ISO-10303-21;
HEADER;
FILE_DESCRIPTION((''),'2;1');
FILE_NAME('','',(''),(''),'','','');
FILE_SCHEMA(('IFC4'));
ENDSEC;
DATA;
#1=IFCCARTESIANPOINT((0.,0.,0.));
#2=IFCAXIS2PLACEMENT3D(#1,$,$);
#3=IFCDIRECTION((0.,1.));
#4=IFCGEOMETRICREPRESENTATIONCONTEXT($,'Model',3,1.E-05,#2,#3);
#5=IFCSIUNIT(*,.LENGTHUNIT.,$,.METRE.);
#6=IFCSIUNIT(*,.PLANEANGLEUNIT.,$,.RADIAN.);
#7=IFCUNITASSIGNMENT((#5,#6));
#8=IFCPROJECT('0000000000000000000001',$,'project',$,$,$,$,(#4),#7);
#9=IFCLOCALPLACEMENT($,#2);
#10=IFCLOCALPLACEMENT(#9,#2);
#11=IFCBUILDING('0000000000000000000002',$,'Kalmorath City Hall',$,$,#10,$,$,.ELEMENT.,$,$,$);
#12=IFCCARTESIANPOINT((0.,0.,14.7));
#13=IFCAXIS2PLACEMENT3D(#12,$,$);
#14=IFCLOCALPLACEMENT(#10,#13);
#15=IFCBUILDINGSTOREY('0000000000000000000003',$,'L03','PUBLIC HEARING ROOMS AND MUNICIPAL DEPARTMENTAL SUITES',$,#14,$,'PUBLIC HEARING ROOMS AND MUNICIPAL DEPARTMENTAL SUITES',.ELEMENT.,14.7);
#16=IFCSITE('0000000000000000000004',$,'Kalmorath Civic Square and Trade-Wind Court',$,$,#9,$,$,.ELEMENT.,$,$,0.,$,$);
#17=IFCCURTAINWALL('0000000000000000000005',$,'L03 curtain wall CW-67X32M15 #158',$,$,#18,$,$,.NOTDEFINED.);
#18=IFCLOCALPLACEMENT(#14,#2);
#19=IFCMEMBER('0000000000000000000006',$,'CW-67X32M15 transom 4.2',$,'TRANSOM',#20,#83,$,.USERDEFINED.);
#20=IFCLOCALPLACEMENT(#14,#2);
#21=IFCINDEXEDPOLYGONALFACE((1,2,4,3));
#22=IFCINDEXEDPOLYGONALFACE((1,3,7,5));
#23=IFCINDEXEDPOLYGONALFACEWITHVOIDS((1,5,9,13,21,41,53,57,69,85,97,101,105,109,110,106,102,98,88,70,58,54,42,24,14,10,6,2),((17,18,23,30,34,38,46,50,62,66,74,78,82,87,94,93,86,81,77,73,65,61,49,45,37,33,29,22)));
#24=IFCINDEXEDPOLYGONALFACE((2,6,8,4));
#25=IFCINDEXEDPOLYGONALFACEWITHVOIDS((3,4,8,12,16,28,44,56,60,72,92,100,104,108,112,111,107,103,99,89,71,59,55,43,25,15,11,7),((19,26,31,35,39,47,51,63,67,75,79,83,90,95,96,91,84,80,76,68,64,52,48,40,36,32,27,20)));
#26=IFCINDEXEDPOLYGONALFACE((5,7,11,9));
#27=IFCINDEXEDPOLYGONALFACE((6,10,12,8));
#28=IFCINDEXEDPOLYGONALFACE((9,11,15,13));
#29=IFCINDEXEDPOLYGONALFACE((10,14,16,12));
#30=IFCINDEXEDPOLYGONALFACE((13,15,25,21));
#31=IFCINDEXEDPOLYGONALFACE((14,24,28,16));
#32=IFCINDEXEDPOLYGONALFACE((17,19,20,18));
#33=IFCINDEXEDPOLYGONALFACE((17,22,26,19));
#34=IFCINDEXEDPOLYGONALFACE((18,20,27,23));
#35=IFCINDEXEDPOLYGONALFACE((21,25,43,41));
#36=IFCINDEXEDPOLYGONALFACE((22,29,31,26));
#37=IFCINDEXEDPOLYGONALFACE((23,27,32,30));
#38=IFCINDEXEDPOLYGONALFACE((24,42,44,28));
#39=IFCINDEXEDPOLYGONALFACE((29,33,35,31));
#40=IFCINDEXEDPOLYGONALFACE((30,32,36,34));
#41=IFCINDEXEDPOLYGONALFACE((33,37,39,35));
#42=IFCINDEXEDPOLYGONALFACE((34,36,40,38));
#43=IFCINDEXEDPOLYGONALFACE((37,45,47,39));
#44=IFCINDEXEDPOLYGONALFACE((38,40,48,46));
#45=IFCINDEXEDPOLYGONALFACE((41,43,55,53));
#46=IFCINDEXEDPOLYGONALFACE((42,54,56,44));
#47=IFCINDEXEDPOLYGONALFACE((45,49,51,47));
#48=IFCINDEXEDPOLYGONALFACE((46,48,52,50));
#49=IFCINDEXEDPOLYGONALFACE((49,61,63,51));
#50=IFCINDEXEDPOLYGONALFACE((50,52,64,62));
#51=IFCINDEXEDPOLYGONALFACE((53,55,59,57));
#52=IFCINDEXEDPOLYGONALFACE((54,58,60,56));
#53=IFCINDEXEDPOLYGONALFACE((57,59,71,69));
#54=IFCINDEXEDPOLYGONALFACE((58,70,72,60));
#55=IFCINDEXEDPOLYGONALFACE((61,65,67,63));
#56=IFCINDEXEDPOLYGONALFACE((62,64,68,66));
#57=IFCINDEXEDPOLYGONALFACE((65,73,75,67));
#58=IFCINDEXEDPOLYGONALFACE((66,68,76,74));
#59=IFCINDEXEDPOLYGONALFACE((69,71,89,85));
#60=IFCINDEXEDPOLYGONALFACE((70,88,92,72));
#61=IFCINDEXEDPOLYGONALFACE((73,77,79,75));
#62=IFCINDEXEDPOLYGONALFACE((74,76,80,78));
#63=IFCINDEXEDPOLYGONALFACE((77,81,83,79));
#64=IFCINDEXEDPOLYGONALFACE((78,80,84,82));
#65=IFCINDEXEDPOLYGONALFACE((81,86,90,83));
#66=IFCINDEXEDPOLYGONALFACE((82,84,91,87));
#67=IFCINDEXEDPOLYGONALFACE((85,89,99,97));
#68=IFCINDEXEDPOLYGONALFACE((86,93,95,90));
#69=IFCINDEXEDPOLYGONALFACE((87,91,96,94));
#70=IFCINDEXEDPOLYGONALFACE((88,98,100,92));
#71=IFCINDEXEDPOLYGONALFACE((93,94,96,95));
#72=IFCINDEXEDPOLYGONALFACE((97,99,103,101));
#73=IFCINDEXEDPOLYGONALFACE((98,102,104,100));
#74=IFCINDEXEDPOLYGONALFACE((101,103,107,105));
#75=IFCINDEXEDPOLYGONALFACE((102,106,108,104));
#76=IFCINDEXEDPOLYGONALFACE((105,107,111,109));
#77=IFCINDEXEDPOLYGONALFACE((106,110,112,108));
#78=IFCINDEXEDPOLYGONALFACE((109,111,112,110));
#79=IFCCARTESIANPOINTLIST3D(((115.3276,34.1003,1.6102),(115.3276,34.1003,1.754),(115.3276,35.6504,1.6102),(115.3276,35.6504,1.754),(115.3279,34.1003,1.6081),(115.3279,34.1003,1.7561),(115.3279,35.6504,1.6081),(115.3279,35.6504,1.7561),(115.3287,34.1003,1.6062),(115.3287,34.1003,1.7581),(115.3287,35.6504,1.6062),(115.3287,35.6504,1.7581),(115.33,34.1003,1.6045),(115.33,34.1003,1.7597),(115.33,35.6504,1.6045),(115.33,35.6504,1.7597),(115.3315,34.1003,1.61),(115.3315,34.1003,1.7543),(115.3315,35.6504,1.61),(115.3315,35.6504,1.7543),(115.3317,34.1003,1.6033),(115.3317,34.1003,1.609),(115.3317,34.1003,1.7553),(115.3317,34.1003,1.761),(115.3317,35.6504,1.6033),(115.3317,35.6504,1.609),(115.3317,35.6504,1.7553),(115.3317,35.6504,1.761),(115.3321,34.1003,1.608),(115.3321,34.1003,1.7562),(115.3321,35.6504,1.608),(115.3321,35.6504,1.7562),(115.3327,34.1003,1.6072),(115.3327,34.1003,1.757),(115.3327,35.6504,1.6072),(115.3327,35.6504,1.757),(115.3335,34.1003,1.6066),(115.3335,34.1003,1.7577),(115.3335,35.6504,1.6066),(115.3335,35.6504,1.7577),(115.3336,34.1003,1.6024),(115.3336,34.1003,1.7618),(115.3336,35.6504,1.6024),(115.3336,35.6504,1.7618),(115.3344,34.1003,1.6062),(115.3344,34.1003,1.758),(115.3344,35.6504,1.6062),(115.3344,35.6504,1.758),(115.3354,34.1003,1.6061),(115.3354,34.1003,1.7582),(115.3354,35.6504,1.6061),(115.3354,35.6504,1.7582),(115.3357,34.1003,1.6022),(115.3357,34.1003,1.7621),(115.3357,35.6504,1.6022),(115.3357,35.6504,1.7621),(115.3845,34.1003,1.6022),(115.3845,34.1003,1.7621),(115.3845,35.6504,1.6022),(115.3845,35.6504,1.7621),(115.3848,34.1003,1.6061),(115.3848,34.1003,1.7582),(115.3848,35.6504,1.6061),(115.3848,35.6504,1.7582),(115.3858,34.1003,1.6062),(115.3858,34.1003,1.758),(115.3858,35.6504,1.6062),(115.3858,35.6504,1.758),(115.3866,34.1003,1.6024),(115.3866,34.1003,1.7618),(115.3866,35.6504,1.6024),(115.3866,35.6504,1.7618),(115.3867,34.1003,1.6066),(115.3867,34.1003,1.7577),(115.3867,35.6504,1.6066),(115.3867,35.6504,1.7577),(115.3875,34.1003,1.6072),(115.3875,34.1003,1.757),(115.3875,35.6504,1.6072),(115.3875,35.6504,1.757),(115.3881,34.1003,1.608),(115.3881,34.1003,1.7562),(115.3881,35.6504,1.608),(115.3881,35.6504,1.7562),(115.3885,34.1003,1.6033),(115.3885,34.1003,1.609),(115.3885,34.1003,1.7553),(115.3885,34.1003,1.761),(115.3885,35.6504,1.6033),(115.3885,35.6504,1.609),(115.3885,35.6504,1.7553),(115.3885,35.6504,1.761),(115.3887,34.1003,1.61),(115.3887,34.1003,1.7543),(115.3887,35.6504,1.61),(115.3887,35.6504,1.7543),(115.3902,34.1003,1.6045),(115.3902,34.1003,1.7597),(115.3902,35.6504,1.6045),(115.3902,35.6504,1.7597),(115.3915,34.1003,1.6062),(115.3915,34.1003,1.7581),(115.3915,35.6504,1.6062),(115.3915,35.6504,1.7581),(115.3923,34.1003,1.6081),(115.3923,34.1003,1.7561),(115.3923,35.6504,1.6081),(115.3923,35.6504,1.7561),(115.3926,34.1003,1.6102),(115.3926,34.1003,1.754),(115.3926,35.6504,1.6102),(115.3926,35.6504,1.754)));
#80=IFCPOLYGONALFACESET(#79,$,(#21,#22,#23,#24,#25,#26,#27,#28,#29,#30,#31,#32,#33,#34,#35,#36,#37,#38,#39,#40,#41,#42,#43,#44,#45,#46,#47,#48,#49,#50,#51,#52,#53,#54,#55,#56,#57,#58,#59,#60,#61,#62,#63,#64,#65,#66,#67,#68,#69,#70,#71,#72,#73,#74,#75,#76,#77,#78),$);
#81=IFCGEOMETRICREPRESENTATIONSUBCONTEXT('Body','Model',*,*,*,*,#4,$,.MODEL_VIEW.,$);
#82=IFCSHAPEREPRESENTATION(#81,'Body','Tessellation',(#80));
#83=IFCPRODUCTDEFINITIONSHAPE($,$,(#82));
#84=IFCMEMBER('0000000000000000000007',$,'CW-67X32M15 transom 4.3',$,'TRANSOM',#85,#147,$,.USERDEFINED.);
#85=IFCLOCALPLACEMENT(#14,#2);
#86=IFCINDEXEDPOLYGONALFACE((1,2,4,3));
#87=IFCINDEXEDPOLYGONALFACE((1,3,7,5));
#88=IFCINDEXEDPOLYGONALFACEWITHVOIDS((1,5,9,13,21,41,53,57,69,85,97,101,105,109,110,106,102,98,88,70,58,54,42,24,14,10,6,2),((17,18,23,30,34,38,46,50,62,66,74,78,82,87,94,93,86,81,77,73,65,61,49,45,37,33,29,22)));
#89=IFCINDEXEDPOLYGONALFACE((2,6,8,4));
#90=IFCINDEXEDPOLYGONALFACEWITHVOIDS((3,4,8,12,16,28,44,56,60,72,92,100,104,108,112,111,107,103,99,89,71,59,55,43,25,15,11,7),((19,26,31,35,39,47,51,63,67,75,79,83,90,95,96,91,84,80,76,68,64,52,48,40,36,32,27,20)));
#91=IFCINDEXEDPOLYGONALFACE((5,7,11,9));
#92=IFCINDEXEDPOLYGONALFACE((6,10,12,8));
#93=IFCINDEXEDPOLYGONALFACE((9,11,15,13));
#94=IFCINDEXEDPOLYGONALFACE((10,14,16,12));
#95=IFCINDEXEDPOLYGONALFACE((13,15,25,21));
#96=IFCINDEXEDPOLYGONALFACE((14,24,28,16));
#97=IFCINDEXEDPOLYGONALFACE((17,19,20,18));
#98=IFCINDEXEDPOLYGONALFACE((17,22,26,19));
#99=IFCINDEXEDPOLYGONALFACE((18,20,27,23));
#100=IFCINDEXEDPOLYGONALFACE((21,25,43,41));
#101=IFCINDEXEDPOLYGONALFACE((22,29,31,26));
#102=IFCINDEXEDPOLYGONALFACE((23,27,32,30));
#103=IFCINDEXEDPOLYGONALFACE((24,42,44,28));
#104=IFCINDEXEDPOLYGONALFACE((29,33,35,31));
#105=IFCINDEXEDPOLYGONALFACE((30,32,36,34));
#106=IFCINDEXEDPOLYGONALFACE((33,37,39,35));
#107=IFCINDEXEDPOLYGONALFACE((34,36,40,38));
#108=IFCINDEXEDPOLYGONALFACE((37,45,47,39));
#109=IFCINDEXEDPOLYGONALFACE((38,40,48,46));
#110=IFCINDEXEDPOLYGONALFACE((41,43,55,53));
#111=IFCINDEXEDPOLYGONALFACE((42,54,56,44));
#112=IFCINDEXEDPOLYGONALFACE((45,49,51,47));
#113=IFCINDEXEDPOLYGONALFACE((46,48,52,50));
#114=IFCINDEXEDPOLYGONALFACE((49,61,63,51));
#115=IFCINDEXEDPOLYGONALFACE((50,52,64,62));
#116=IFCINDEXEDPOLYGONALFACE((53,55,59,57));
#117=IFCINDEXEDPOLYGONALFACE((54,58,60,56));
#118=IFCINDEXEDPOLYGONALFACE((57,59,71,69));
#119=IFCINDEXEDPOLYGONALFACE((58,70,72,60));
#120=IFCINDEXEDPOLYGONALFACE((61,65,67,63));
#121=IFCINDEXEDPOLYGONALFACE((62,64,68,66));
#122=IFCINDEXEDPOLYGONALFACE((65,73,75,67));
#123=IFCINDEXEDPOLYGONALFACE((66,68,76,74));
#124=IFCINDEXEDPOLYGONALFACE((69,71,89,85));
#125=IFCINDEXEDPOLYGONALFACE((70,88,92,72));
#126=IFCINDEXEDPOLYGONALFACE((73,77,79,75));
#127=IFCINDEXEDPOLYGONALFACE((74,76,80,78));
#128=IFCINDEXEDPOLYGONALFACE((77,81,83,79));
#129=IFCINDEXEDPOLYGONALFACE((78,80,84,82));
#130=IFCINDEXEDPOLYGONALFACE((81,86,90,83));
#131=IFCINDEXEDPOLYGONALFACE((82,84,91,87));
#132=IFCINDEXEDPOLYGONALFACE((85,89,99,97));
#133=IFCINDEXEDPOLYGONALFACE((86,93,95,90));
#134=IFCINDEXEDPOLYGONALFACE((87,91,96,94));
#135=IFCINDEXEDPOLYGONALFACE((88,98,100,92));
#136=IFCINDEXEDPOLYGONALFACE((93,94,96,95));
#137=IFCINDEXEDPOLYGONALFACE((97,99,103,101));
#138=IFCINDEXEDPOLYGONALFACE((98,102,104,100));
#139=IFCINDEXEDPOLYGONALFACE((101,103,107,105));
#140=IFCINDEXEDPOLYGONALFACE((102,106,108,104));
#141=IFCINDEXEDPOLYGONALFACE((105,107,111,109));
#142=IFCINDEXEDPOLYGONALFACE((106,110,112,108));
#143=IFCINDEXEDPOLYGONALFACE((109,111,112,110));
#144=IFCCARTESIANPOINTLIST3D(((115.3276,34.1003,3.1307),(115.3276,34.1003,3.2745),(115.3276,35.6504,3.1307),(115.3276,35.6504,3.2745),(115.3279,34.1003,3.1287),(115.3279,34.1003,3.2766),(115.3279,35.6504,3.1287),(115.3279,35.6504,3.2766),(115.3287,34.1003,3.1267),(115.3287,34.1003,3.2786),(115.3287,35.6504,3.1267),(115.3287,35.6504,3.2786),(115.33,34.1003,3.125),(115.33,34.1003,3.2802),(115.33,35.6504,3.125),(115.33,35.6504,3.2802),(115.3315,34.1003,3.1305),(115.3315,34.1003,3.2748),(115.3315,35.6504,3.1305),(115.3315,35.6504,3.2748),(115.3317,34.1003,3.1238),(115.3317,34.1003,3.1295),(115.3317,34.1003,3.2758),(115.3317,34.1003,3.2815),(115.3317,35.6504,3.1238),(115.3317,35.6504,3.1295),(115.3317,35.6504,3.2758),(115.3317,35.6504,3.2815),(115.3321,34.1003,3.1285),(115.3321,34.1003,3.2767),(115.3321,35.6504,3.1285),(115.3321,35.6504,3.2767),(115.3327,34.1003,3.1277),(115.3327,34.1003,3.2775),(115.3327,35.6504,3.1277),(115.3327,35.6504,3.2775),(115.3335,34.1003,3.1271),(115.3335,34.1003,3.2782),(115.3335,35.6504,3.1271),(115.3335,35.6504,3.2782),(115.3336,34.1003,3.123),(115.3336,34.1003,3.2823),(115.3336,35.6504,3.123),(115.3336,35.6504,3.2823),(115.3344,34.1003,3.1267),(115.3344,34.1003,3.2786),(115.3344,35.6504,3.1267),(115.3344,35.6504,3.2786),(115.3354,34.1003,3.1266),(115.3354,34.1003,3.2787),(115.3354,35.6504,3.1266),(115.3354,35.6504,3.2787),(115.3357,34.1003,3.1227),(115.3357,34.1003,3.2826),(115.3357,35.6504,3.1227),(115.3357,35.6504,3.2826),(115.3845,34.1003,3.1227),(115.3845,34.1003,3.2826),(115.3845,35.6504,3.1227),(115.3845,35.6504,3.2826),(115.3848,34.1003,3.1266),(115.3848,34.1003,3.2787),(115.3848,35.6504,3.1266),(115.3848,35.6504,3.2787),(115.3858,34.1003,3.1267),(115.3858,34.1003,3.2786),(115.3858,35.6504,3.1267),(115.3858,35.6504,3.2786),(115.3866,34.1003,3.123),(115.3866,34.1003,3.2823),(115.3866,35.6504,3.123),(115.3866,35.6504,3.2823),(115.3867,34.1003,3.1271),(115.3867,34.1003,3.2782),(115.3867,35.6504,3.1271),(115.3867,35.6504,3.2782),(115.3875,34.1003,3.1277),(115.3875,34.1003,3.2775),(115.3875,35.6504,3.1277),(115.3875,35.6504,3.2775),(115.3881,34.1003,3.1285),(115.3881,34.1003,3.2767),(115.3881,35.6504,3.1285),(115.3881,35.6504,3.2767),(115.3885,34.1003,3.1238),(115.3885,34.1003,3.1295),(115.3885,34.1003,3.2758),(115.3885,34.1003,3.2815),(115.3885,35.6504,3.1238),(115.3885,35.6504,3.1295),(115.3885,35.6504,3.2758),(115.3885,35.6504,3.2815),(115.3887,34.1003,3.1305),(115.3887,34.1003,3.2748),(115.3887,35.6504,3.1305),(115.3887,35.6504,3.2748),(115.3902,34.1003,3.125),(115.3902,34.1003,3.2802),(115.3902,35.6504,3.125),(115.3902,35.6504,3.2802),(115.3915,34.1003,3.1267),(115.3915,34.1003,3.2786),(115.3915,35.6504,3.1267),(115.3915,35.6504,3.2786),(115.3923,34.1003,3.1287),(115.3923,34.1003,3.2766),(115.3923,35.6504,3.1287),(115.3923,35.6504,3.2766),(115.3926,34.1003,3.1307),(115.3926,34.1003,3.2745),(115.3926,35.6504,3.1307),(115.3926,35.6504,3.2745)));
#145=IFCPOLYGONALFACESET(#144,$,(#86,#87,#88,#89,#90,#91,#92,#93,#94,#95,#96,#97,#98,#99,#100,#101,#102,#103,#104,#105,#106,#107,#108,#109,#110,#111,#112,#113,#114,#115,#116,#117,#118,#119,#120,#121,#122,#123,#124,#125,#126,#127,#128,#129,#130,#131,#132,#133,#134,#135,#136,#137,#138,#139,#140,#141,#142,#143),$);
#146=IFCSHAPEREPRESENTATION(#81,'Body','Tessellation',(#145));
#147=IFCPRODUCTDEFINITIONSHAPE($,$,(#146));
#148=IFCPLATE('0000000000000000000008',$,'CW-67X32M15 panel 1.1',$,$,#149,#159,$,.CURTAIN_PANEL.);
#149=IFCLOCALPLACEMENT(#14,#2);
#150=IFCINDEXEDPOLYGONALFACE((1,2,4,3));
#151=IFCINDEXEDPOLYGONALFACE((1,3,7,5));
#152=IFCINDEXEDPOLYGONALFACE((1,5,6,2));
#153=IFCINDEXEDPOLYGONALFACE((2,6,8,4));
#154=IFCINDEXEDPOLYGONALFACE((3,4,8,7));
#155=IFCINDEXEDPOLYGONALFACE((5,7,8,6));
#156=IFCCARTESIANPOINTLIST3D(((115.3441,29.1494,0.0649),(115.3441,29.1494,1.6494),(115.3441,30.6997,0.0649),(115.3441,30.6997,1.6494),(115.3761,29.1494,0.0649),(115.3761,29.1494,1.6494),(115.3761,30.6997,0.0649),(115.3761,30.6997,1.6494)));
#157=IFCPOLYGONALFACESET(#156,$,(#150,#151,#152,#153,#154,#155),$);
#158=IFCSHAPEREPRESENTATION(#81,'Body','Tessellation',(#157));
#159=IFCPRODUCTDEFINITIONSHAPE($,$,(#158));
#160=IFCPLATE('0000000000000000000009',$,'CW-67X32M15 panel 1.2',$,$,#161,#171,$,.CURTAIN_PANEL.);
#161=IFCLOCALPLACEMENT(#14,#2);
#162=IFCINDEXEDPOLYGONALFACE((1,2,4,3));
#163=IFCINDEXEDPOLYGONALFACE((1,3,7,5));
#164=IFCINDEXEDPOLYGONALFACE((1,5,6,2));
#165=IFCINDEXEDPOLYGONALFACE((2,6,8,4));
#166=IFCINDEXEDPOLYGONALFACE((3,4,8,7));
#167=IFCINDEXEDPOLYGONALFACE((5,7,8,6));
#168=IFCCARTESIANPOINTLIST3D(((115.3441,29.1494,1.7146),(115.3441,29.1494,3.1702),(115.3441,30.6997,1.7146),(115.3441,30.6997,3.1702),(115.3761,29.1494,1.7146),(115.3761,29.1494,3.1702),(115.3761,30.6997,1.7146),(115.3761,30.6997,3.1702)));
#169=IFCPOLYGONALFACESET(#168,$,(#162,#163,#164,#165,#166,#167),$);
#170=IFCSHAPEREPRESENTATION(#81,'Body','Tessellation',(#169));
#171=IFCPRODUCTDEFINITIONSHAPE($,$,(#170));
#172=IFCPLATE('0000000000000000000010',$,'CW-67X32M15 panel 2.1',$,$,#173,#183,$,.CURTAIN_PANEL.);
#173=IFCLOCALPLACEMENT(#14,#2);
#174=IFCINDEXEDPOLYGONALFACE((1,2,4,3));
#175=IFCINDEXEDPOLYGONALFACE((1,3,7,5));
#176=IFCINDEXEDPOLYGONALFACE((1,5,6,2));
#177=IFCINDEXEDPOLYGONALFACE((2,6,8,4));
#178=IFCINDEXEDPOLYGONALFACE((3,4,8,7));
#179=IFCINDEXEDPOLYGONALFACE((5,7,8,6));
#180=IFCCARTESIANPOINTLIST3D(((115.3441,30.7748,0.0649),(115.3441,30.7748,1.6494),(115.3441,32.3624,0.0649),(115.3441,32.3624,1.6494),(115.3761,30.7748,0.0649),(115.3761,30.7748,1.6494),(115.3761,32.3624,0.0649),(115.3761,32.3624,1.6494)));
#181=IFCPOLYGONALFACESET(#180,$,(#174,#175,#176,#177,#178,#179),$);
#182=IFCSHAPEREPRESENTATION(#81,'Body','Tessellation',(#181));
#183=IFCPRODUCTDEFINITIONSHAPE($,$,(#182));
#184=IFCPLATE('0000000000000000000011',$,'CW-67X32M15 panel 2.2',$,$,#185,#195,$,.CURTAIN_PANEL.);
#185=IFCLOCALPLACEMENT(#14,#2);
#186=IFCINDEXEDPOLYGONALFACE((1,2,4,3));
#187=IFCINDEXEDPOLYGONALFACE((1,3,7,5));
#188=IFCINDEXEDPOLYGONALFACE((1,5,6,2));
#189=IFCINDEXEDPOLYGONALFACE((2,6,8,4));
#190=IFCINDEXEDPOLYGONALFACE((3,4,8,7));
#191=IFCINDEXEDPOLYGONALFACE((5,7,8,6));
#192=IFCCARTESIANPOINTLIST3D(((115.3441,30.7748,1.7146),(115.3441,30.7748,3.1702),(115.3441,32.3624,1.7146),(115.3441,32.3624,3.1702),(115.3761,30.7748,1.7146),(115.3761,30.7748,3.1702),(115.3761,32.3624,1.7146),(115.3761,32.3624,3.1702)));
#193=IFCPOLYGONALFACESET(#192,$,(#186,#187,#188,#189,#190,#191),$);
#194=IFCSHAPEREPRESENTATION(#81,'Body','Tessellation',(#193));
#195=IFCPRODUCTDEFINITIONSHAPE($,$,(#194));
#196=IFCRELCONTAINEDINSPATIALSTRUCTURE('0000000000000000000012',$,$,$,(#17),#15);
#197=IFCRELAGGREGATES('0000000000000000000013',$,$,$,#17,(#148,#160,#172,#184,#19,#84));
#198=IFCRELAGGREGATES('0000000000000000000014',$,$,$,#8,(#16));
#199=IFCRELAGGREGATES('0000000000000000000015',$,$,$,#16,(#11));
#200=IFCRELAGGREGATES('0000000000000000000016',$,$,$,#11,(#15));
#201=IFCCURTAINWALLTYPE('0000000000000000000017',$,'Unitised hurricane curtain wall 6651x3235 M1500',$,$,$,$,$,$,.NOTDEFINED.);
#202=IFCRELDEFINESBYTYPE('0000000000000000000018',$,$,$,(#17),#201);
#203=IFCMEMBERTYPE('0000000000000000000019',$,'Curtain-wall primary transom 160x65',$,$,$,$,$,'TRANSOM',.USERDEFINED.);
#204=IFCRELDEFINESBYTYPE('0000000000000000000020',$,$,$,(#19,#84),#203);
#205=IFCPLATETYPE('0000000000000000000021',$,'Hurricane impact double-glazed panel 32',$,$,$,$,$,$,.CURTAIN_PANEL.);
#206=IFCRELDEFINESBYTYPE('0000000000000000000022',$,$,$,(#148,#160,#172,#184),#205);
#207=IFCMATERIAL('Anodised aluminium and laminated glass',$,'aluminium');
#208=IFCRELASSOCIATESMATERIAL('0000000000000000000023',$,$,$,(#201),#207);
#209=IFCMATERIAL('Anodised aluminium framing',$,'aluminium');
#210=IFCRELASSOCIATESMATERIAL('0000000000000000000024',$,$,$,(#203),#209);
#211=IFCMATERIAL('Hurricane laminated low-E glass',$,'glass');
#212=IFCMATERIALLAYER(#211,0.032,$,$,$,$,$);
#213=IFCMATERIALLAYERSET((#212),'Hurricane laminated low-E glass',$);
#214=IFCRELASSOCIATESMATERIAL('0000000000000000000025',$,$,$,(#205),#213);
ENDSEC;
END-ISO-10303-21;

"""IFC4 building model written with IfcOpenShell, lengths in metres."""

from ifc_helpers import new_model, si_unit, direction, frame, origin, origin_2d, place, context, subcontext, project, spatial, rectangle, hollow_rectangle, extrude, material, layer, layer_set, material_profile, profile_set, type_object, element, aggregate, save


model = new_model("IFC4")

# Units and contexts
model_context = context("Model", 3, precision=1e-05, world=origin(), true_north=direction((0.0, 1.0)))
body_context = subcontext(model_context, "Body", "Model", "MODEL_VIEW")
ifc_project = project(units=[si_unit("LENGTHUNIT", "METRE"), si_unit("PLANEANGLEUNIT", "RADIAN")], contexts=[model_context])

# Site, building, storey
site_placement = place(None, origin())
site = spatial("IfcSite", under=ifc_project, at=site_placement, Name="Kalmorath Civic Square and Trade-Wind Court", CompositionType="ELEMENT", RefElevation=0.0)
building_placement = place(site_placement, origin())
building = spatial("IfcBuilding", under=site, at=building_placement, Name="Kalmorath City Hall", CompositionType="ELEMENT")
storey_placement = place(building_placement, frame((0.0, 0.0, 14.7)))
storey = spatial("IfcBuildingStorey", under=building, at=storey_placement, Name="L03", Description="PUBLIC HEARING ROOMS AND MUNICIPAL DEPARTMENTAL SUITES", LongName="PUBLIC HEARING ROOMS AND MUNICIPAL DEPARTMENTAL SUITES", CompositionType="ELEMENT", Elevation=14.7)

# Curtain wall, members, plates
ifc_material_1 = material(Name="Anodised aluminium and laminated glass", Category="aluminium")
curtain_wall_type = type_object("IfcCurtainWallType", Name="Unitised hurricane curtain wall 6651x3235 M1500", PredefinedType="NOTDEFINED", material=ifc_material_1)
curtain_wall_placement = place(storey_placement, origin())
curtain_wall = element("IfcCurtainWall", 1, at=curtain_wall_placement, inside=storey, type_object=curtain_wall_type, Name="L03 curtain wall CW-67X32M15 #158", PredefinedType="NOTDEFINED")
ifc_material_2 = material(Name="Anodised aluminium framing", Category="aluminium")
ifc_material_profile_1 = material_profile(ifc_material_2, hollow_rectangle(XDim=0.0649, YDim=0.1599, WallThickness=0.0039, InnerFilletRadius=0.0039, OuterFilletRadius=0.0081, at=origin_2d()), Name="ALU-TRN-160X65X4")
ifc_profile_set_1 = profile_set([ifc_material_profile_1], Name="Anodised aluminium framing")
member_type_1 = type_object("IfcMemberType", Name="Curtain-wall primary transom 160x65", ElementType="TRANSOM", PredefinedType="USERDEFINED", material=ifc_profile_set_1)
member_1_placement = place(storey_placement, frame((115.3601, 34.1003, 1.6821), z_axis=(0.0, 1.0, 0.0), x_axis=(-1.0, 0.0, 0.0)))
member_1 = element("IfcMember", 2, at=member_1_placement, type_object=member_type_1, Name="CW-67X32M15 transom 4.2", ObjectType="TRANSOM", PredefinedType="USERDEFINED", context=body_context, shape_type="SweptSolid", body=[
    extrude(hollow_rectangle(XDim=0.0649, YDim=0.1599, WallThickness=0.0039, InnerFilletRadius=0.0039, OuterFilletRadius=0.0081, at=origin_2d()), origin(), (0.0, 0.0, 1.0), 1.55),
])
member_2_placement = place(storey_placement, frame((115.3601, 34.1003, 3.2026), z_axis=(0.0, 1.0, 0.0), x_axis=(-1.0, 0.0, 0.0)))
member_2 = element("IfcMember", 3, at=member_2_placement, type_object=member_type_1, Name="CW-67X32M15 transom 4.3", ObjectType="TRANSOM", PredefinedType="USERDEFINED", context=body_context, shape_type="SweptSolid", body=[
    extrude(hollow_rectangle(XDim=0.0649, YDim=0.1599, WallThickness=0.0039, InnerFilletRadius=0.0039, OuterFilletRadius=0.0081, at=origin_2d()), origin(), (0.0, 0.0, 1.0), 1.55),
])
ifc_material_3 = material(Name="Hurricane laminated low-E glass", Category="glass")
ifc_layer = layer(ifc_material_3, 0.032)
ifc_layer_set = layer_set([ifc_layer], Name="Hurricane laminated low-E glass")
plate_type = type_object("IfcPlateType", Name="Hurricane impact double-glazed panel 32", PredefinedType="CURTAIN_PANEL", material=ifc_layer_set)
plate_1_placement = place(storey_placement, frame((115.3601, 29.9246, 0.0649), z_axis=(0.0, 0.0, 1.0), x_axis=(0.0, 1.0, 0.0)))
plate_1 = element("IfcPlate", 4, at=plate_1_placement, type_object=plate_type, Name="CW-67X32M15 panel 1.1", PredefinedType="CURTAIN_PANEL", context=body_context, shape_type="SweptSolid", body=[
    extrude(rectangle(XDim=1.5503, YDim=0.032, at=origin_2d()), origin(), (0.0, 0.0, 1.0), 1.5845),
])
plate_2_placement = place(storey_placement, frame((115.3601, 29.9246, 1.7146), z_axis=(0.0, 0.0, 1.0), x_axis=(0.0, 1.0, 0.0)))
plate_2 = element("IfcPlate", 5, at=plate_2_placement, type_object=plate_type, Name="CW-67X32M15 panel 1.2", PredefinedType="CURTAIN_PANEL", context=body_context, shape_type="SweptSolid", body=[
    extrude(rectangle(XDim=1.5503, YDim=0.032, at=origin_2d()), origin(), (0.0, 0.0, 1.0), 1.4556),
])
plate_3_placement = place(storey_placement, frame((115.3601, 31.5686, 0.0649), z_axis=(0.0, 0.0, 1.0), x_axis=(0.0, 1.0, 0.0)))
plate_3 = element("IfcPlate", 6, at=plate_3_placement, type_object=plate_type, Name="CW-67X32M15 panel 2.1", PredefinedType="CURTAIN_PANEL", context=body_context, shape_type="SweptSolid", body=[
    extrude(rectangle(XDim=1.5876, YDim=0.032, at=origin_2d()), origin(), (0.0, 0.0, 1.0), 1.5845),
])
plate_4_placement = place(storey_placement, frame((115.3601, 31.5686, 1.7146), z_axis=(0.0, 0.0, 1.0), x_axis=(0.0, 1.0, 0.0)))
plate_4 = element("IfcPlate", 7, at=plate_4_placement, type_object=plate_type, Name="CW-67X32M15 panel 2.2", PredefinedType="CURTAIN_PANEL", context=body_context, shape_type="SweptSolid", body=[
    extrude(rectangle(XDim=1.5876, YDim=0.032, at=origin_2d()), origin(), (0.0, 0.0, 1.0), 1.4556),
])
aggregate(curtain_wall, [plate_1, plate_2, plate_3, plate_4, member_1, member_2])

save(model, "model.ifc")
